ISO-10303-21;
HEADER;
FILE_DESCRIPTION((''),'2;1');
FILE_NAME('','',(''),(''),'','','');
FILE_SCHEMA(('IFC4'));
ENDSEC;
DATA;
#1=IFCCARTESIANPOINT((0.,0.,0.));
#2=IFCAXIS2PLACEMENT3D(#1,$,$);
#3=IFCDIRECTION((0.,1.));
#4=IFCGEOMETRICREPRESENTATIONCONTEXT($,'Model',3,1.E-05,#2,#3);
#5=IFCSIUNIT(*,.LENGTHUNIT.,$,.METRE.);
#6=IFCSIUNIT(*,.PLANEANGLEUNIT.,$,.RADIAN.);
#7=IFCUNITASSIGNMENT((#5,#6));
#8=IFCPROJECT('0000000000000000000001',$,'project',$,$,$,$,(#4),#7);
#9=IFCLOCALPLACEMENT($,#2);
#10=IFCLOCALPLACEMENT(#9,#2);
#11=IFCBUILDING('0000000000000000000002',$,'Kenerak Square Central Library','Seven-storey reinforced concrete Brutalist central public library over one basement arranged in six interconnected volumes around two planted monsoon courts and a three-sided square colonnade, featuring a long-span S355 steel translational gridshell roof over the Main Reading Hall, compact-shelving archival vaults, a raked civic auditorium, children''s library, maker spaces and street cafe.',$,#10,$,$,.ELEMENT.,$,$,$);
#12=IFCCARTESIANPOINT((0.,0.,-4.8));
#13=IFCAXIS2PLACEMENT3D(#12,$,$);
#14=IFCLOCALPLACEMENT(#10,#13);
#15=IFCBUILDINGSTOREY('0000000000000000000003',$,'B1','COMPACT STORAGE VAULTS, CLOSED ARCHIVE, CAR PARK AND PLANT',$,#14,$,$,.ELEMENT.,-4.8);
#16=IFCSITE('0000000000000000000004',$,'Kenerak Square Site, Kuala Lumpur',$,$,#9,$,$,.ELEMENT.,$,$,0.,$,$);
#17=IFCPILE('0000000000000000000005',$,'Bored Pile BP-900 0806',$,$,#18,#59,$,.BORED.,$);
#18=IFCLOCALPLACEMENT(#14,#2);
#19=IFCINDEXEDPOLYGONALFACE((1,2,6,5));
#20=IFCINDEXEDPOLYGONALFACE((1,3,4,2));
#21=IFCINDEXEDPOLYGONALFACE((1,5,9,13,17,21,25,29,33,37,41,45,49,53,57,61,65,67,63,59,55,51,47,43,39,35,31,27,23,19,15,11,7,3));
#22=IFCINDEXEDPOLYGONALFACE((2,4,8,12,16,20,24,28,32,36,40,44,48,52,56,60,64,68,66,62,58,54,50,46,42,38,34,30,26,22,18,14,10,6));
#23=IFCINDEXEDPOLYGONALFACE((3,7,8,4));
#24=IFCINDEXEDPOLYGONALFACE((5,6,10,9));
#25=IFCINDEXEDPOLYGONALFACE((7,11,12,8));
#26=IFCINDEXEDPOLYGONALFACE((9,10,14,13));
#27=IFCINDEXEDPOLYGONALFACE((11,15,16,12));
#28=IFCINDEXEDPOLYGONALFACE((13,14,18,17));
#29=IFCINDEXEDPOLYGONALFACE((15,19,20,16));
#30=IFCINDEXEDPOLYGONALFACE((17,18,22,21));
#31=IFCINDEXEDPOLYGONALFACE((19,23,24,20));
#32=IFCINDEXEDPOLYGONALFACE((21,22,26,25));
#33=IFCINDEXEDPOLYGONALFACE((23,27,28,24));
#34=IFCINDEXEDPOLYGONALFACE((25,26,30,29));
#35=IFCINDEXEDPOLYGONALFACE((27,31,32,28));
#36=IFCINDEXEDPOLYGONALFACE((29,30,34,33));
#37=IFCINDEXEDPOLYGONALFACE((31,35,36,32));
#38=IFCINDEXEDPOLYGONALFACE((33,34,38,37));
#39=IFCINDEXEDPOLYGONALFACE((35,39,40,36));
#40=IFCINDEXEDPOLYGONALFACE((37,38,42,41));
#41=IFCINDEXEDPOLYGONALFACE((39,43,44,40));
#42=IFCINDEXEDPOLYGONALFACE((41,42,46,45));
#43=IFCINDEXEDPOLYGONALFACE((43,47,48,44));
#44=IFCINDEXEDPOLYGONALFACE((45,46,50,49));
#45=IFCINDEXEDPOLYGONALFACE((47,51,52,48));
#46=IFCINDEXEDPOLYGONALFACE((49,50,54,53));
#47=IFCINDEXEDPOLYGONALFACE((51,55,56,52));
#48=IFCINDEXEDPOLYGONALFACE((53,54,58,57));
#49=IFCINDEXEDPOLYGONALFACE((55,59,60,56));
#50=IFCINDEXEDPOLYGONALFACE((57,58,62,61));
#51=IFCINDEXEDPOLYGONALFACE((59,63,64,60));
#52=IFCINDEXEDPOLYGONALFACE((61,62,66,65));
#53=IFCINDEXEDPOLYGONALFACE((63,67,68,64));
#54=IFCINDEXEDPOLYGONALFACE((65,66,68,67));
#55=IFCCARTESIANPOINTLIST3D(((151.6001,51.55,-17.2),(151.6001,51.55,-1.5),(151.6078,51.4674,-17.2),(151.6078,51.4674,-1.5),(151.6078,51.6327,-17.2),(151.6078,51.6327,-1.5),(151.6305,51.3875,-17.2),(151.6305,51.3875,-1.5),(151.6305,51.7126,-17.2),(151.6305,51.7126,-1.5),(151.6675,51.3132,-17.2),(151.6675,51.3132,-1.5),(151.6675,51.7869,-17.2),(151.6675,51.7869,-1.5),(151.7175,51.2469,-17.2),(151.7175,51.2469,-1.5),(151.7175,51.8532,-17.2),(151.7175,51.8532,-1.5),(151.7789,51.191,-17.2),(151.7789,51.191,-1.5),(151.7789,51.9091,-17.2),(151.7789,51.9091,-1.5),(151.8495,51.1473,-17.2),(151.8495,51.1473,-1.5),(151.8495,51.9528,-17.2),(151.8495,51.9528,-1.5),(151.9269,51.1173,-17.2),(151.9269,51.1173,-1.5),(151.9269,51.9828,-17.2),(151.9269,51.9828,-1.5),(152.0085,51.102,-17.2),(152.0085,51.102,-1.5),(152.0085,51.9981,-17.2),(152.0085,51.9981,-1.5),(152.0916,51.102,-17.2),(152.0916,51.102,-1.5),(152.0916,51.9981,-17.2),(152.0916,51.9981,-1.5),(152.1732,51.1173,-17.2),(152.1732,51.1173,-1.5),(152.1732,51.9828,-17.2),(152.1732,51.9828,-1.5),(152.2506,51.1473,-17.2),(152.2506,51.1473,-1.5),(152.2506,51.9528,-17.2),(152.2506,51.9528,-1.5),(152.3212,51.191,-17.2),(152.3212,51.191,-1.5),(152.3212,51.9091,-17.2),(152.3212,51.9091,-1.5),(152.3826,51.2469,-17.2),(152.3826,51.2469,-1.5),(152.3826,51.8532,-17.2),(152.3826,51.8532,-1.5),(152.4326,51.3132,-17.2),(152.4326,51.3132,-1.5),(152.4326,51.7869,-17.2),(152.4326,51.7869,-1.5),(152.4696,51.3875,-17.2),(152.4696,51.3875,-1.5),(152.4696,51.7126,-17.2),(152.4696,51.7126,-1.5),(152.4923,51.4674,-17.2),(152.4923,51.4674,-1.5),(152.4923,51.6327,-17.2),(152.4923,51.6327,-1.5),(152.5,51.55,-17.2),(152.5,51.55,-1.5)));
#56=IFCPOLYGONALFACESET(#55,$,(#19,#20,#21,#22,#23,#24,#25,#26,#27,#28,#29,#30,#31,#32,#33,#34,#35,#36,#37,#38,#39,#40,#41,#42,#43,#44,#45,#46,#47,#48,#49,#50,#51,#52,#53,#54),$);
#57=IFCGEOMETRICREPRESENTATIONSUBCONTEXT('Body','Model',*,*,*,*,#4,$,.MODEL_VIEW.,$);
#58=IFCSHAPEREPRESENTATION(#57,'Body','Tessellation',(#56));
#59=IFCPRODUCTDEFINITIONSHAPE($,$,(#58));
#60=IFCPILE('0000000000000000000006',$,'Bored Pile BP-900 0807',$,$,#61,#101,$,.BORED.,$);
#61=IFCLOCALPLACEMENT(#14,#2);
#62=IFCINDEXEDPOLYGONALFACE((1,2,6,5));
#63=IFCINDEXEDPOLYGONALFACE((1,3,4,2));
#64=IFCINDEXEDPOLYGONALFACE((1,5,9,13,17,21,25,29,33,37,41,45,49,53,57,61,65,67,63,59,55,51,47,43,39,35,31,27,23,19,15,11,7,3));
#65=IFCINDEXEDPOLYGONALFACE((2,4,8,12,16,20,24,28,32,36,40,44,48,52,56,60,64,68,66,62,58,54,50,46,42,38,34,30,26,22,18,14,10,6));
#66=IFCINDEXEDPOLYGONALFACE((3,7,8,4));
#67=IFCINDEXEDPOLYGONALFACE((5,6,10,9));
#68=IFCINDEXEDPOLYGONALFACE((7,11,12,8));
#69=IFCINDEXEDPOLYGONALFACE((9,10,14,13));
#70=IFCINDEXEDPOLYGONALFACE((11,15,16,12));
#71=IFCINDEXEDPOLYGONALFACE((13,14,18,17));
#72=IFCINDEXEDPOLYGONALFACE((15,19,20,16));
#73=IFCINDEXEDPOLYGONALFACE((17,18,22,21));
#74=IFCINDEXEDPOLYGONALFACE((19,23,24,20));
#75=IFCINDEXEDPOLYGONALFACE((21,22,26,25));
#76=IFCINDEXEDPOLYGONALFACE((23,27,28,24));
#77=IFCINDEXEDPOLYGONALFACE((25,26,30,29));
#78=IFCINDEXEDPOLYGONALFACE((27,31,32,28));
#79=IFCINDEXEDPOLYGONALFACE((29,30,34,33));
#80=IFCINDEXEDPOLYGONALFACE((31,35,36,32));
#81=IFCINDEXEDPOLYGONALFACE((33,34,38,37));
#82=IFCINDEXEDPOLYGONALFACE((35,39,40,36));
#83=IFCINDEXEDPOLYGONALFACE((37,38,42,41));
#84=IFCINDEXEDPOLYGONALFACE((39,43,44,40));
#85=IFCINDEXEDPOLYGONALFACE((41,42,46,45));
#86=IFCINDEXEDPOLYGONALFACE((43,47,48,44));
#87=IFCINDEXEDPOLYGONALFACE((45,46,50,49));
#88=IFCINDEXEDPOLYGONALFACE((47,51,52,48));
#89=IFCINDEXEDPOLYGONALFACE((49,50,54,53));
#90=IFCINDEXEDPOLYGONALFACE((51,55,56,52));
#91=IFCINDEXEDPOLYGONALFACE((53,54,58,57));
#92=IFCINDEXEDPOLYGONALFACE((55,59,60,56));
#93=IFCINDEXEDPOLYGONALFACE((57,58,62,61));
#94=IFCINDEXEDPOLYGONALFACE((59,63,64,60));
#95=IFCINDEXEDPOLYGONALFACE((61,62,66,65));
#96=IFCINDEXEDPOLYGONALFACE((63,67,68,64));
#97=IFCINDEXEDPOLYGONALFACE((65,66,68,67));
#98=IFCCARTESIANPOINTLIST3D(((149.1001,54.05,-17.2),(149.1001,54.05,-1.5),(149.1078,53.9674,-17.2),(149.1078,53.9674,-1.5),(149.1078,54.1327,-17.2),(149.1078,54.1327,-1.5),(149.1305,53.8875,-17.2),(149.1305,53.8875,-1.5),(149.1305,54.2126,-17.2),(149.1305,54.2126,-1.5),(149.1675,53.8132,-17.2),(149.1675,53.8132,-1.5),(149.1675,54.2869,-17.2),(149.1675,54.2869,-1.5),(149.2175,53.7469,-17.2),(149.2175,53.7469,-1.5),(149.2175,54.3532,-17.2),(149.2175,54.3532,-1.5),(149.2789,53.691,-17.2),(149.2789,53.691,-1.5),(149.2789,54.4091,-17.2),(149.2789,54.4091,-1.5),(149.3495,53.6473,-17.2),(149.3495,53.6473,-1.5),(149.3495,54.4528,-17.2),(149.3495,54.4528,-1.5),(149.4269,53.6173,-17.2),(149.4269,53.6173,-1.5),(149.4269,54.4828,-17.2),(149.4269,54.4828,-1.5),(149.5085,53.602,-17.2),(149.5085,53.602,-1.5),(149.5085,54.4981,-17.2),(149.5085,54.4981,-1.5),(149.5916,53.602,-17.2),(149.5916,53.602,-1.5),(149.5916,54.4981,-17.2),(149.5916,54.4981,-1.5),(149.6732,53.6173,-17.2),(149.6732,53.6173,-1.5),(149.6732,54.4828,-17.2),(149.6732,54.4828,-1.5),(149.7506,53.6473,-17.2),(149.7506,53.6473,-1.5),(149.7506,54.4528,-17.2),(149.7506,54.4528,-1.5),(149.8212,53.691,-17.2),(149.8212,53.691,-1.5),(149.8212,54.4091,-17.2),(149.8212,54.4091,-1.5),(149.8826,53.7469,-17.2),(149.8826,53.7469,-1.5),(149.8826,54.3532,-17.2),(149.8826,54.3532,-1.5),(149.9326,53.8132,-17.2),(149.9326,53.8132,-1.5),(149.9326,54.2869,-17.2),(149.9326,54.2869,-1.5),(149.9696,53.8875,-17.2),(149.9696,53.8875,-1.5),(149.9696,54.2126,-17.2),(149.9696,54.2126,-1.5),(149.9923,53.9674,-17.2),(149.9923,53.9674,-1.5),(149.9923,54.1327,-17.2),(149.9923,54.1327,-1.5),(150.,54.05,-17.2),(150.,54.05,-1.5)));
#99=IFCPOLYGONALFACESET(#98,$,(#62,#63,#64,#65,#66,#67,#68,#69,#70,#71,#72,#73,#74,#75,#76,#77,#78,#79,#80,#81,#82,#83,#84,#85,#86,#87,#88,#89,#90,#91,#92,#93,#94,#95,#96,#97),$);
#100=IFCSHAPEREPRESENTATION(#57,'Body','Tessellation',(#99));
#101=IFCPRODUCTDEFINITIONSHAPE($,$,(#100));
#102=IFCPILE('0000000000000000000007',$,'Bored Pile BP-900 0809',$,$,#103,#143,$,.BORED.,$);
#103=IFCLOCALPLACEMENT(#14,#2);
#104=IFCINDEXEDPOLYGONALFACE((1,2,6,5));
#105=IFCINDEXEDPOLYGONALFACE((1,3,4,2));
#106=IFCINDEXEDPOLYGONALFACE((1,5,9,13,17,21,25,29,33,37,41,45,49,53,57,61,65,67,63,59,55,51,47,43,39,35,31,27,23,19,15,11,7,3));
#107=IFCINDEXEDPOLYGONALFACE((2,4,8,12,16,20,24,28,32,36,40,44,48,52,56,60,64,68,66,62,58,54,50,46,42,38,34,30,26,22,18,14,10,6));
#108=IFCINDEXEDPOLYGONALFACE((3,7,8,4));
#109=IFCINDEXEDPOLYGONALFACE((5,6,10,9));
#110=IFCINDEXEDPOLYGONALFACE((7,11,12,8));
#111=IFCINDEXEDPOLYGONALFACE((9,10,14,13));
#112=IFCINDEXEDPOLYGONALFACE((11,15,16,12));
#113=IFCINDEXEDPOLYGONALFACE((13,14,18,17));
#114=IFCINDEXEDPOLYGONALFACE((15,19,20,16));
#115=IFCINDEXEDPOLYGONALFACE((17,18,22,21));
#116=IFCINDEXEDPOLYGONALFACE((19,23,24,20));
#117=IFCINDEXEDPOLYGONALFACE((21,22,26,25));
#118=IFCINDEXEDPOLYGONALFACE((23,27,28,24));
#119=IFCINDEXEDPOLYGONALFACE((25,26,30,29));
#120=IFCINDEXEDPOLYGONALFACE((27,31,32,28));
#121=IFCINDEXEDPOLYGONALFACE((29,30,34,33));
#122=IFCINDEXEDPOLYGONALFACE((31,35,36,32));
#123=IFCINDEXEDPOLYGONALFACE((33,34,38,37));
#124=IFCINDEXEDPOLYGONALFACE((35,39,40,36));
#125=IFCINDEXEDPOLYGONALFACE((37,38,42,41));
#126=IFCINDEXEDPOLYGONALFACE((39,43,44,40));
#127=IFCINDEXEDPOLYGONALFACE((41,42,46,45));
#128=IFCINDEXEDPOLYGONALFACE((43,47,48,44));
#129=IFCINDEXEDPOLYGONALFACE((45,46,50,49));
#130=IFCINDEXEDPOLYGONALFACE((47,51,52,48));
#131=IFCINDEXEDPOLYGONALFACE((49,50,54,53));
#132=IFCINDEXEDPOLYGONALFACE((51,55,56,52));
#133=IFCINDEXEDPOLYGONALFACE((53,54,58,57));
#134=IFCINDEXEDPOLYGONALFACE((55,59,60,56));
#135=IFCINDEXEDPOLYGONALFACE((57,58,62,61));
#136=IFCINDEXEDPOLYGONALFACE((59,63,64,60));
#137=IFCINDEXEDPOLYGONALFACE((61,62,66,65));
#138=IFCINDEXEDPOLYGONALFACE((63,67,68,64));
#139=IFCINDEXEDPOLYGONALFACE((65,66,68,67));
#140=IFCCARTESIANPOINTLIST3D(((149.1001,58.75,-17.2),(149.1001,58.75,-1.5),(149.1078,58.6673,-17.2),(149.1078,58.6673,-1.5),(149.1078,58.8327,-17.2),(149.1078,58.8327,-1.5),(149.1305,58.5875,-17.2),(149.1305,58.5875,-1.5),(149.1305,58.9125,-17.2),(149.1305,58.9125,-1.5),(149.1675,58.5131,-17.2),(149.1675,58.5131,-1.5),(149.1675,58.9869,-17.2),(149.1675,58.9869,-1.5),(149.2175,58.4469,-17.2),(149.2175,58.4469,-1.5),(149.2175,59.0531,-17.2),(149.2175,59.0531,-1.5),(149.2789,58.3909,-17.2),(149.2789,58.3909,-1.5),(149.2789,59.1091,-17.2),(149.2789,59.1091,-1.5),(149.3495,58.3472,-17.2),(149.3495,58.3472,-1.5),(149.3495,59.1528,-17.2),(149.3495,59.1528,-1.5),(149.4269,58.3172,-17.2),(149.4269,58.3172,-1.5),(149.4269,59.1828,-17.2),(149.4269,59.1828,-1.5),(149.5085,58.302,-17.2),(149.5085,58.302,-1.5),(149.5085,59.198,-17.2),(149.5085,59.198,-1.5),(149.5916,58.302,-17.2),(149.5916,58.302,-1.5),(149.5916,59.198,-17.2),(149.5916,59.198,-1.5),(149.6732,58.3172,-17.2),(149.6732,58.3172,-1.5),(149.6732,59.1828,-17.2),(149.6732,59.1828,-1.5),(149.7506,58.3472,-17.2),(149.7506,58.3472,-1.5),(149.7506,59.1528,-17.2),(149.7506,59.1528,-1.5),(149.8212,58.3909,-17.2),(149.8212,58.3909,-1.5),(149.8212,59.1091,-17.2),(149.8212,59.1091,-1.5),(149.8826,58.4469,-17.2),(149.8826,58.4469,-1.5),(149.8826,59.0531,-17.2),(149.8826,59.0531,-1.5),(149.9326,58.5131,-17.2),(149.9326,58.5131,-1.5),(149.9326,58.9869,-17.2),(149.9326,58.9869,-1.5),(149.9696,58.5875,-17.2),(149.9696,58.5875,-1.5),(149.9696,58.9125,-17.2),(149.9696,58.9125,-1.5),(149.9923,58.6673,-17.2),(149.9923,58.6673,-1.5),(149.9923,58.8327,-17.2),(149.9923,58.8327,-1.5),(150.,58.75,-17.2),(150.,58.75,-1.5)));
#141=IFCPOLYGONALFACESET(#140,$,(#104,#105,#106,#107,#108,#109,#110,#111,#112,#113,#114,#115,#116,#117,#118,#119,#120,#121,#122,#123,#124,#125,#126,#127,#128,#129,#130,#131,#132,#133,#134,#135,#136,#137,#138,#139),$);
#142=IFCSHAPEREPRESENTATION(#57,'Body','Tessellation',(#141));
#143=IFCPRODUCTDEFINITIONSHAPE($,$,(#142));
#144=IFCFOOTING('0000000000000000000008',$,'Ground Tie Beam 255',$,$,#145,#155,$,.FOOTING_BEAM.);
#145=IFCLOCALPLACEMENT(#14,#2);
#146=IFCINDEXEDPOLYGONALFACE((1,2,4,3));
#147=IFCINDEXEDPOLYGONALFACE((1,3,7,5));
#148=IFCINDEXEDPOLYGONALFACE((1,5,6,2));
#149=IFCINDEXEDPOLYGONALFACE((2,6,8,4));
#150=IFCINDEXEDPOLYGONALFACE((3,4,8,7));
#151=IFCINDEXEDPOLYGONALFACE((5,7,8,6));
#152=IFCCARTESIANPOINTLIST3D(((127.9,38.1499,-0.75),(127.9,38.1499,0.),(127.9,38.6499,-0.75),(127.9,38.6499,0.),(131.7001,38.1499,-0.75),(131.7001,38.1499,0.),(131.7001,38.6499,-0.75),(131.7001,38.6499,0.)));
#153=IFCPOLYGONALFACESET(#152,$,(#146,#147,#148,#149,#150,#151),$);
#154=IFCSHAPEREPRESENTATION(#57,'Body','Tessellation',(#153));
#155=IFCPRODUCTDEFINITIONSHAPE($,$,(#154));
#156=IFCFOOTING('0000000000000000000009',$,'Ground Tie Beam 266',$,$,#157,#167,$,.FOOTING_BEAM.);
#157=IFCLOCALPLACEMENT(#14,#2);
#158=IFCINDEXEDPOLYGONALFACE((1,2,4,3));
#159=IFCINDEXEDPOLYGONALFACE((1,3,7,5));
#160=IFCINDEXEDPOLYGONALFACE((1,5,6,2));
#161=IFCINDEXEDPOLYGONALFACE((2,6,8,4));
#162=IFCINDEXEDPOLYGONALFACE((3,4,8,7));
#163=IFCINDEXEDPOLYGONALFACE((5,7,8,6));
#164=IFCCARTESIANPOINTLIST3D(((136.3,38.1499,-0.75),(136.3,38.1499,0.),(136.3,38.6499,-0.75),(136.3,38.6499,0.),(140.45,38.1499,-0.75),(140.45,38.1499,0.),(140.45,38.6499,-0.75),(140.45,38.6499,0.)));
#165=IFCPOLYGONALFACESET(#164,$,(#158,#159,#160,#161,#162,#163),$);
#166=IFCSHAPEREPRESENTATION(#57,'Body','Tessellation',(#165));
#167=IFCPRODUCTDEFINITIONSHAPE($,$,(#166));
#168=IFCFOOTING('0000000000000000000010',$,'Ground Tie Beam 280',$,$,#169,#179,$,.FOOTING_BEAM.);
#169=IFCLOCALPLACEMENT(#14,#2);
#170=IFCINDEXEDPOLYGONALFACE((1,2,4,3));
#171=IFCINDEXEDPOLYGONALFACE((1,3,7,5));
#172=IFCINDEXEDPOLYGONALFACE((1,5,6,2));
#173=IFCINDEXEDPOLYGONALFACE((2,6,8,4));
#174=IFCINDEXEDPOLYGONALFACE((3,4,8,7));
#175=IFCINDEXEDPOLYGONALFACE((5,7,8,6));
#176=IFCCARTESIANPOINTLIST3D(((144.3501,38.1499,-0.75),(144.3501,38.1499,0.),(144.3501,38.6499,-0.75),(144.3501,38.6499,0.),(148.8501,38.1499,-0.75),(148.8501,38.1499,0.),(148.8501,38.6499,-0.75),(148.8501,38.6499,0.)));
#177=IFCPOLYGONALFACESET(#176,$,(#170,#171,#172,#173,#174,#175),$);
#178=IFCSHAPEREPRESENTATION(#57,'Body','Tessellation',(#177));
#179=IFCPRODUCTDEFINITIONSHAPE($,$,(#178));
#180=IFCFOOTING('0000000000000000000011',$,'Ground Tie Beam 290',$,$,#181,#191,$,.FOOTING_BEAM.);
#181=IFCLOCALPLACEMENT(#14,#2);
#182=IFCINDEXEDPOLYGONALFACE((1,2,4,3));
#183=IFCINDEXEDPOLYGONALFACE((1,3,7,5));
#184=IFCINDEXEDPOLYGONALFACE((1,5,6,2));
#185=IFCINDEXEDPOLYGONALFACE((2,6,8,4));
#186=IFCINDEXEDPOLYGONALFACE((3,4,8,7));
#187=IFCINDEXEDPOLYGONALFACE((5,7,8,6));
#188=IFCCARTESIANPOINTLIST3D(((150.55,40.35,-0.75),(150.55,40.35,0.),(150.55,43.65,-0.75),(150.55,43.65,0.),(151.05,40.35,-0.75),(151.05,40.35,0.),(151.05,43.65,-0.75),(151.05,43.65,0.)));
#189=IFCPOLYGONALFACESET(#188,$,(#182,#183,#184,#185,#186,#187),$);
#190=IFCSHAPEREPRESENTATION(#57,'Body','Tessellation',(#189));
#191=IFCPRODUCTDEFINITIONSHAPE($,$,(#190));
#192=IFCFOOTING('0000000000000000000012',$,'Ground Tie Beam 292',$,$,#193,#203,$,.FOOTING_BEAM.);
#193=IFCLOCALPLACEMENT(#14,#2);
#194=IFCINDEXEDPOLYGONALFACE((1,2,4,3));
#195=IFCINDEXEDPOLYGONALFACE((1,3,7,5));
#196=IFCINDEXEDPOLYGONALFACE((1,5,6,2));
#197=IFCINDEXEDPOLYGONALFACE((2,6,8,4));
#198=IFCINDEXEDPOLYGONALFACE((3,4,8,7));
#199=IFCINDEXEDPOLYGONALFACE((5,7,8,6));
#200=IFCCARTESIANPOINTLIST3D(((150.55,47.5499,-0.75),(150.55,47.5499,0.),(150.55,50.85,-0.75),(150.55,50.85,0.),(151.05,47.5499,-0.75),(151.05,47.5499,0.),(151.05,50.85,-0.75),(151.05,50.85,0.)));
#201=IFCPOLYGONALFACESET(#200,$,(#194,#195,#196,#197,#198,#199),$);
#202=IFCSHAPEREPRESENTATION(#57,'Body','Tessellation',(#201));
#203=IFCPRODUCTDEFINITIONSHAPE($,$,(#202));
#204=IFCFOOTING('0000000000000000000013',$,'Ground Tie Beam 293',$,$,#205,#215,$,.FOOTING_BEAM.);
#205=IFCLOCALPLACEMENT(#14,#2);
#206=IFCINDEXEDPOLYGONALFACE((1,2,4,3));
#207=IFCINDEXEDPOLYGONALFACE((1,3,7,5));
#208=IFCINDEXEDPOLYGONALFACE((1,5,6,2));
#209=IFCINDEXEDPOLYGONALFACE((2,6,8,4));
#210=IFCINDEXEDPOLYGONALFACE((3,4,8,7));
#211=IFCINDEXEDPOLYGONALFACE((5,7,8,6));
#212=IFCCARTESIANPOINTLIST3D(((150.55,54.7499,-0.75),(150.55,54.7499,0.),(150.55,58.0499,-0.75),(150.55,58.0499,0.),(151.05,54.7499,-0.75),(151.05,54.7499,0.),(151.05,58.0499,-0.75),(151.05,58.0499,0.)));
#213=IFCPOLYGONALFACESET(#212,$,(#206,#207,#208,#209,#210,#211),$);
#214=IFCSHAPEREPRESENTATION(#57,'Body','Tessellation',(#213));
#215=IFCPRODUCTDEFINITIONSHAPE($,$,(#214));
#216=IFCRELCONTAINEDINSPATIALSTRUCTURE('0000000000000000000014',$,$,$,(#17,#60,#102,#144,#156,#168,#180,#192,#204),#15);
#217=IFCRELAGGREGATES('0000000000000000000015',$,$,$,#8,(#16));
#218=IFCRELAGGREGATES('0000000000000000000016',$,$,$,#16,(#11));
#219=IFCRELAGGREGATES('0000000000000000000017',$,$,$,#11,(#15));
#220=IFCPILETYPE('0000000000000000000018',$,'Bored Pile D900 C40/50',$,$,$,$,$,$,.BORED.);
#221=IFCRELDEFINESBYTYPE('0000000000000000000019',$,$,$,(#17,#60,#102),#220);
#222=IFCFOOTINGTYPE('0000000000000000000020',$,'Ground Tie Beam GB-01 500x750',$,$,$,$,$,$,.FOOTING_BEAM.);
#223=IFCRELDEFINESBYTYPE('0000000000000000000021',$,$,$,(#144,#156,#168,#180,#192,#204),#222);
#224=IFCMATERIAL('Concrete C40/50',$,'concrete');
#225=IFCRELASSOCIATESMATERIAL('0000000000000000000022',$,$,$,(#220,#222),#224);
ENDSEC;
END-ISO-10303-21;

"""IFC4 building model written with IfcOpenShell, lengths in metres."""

from ifc_helpers import new_model, si_unit, direction, frame, origin, origin_2d, place, context, subcontext, project, spatial, rectangle, circle, extrude, material, material_profile, profile_set, type_object, element, save


model = new_model("IFC4")

# Units and contexts
model_context = context("Model", 3, precision=1e-05, world=origin(), true_north=direction((0.0, 1.0)))
body_context = subcontext(model_context, "Body", "Model", "MODEL_VIEW")
ifc_project = project(units=[si_unit("LENGTHUNIT", "METRE"), si_unit("PLANEANGLEUNIT", "RADIAN")], contexts=[model_context])

# Site, building, storey
site_placement = place(None, origin())
site = spatial("IfcSite", under=ifc_project, at=site_placement, Name="Kenerak Square Site, Kuala Lumpur", CompositionType="ELEMENT", RefElevation=0.0)
building_placement = place(site_placement, origin())
building = spatial("IfcBuilding", under=site, at=building_placement, Name="Kenerak Square Central Library", Description="Seven-storey reinforced concrete Brutalist central public library over one basement arranged in six interconnected volumes around two planted monsoon courts and a three-sided square colonnade, featuring a long-span S355 steel translational gridshell roof over the Main Reading Hall, compact-shelving archival vaults, a raked civic auditorium, children's library, maker spaces and street cafe.", CompositionType="ELEMENT")
storey_placement = place(building_placement, frame((0.0, 0.0, -4.8)))
storey = spatial("IfcBuildingStorey", under=building, at=storey_placement, Name="B1", Description="COMPACT STORAGE VAULTS, CLOSED ARCHIVE, CAR PARK AND PLANT", CompositionType="ELEMENT", Elevation=-4.8)

# Piles
ifc_material_1 = material(Name="Concrete C40/50", Category="concrete")
ifc_material_profile_1 = material_profile(ifc_material_1, circle(Radius=0.45, at=origin_2d()), Name="BP D900")
ifc_profile_set_1 = profile_set([ifc_material_profile_1], Name="Concrete C40/50")
pile_type_1 = type_object("IfcPileType", Name="Bored Pile D900 C40/50", PredefinedType="BORED", material=ifc_profile_set_1)
for number, where, z_axis, x_axis, name in (
    (1, (152.05, 51.55, -1.5), (0.0, 0.0, -1.0), (1.0, 0.0, 0.0), "Bored Pile BP-900 0806"),
    (2, (149.55, 54.05, -1.5), (0.0, 0.0, -1.0), (1.0, 0.0, 0.0), "Bored Pile BP-900 0807"),
    (3, (149.55, 58.75, -1.5), (0.0, 0.0, -1.0), (1.0, 0.0, 0.0), "Bored Pile BP-900 0809"),
):
    element("IfcPile", number, at=place(storey_placement, frame(where, z_axis=z_axis, x_axis=x_axis)), inside=storey, type_object=pile_type_1, Name=name, PredefinedType="BORED", context=body_context, shape_type="SweptSolid", body=[
        extrude(circle(Radius=0.45, at=origin_2d()), origin(), (0.0, 0.0, 1.0), 15.7),
    ])

# Footings
footing_type_1 = type_object("IfcFootingType", Name="Ground Tie Beam GB-01 500x750", PredefinedType="FOOTING_BEAM", material=ifc_material_1)
footing_1_placement = place(storey_placement, frame((129.8, 38.3999, -0.75), z_axis=(0.0, 0.0, 1.0), x_axis=(1.0, 0.0, 0.0)))
element("IfcFooting", 4, at=footing_1_placement, inside=storey, type_object=footing_type_1, Name="Ground Tie Beam 255", PredefinedType="FOOTING_BEAM", context=body_context, shape_type="SweptSolid", body=[
    extrude(rectangle(XDim=3.8, YDim=0.5, at=origin_2d()), origin(), (0.0, 0.0, 1.0), 0.75),
])
footing_2_placement = place(storey_placement, frame((138.375, 38.3999, -0.75), z_axis=(0.0, 0.0, 1.0), x_axis=(1.0, 0.0, 0.0)))
element("IfcFooting", 5, at=footing_2_placement, inside=storey, type_object=footing_type_1, Name="Ground Tie Beam 266", PredefinedType="FOOTING_BEAM", context=body_context, shape_type="SweptSolid", body=[
    extrude(rectangle(XDim=4.1499, YDim=0.5, at=origin_2d()), origin(), (0.0, 0.0, 1.0), 0.75),
])
footing_3_placement = place(storey_placement, frame((146.6001, 38.3999, -0.75), z_axis=(0.0, 0.0, 1.0), x_axis=(1.0, 0.0, 0.0)))
element("IfcFooting", 6, at=footing_3_placement, inside=storey, type_object=footing_type_1, Name="Ground Tie Beam 280", PredefinedType="FOOTING_BEAM", context=body_context, shape_type="SweptSolid", body=[
    extrude(rectangle(XDim=4.5, YDim=0.5, at=origin_2d()), origin(), (0.0, 0.0, 1.0), 0.75),
])
for number, where, z_axis, x_axis, name in (
    (7, (150.8, 42.0, -0.75), (0.0, 0.0, 1.0), (1.0, 0.0, 0.0), "Ground Tie Beam 290"),
    (8, (150.8, 49.2, -0.75), (0.0, 0.0, 1.0), (1.0, 0.0, 0.0), "Ground Tie Beam 292"),
    (9, (150.8, 56.3999, -0.75), (0.0, 0.0, 1.0), (1.0, 0.0, 0.0), "Ground Tie Beam 293"),
):
    element("IfcFooting", number, at=place(storey_placement, frame(where, z_axis=z_axis, x_axis=x_axis)), inside=storey, type_object=footing_type_1, Name=name, PredefinedType="FOOTING_BEAM", context=body_context, shape_type="SweptSolid", body=[
        extrude(rectangle(XDim=0.5, YDim=3.3, at=origin_2d()), origin(), (0.0, 0.0, 1.0), 0.75),
    ])

save(model, "model.ifc")
